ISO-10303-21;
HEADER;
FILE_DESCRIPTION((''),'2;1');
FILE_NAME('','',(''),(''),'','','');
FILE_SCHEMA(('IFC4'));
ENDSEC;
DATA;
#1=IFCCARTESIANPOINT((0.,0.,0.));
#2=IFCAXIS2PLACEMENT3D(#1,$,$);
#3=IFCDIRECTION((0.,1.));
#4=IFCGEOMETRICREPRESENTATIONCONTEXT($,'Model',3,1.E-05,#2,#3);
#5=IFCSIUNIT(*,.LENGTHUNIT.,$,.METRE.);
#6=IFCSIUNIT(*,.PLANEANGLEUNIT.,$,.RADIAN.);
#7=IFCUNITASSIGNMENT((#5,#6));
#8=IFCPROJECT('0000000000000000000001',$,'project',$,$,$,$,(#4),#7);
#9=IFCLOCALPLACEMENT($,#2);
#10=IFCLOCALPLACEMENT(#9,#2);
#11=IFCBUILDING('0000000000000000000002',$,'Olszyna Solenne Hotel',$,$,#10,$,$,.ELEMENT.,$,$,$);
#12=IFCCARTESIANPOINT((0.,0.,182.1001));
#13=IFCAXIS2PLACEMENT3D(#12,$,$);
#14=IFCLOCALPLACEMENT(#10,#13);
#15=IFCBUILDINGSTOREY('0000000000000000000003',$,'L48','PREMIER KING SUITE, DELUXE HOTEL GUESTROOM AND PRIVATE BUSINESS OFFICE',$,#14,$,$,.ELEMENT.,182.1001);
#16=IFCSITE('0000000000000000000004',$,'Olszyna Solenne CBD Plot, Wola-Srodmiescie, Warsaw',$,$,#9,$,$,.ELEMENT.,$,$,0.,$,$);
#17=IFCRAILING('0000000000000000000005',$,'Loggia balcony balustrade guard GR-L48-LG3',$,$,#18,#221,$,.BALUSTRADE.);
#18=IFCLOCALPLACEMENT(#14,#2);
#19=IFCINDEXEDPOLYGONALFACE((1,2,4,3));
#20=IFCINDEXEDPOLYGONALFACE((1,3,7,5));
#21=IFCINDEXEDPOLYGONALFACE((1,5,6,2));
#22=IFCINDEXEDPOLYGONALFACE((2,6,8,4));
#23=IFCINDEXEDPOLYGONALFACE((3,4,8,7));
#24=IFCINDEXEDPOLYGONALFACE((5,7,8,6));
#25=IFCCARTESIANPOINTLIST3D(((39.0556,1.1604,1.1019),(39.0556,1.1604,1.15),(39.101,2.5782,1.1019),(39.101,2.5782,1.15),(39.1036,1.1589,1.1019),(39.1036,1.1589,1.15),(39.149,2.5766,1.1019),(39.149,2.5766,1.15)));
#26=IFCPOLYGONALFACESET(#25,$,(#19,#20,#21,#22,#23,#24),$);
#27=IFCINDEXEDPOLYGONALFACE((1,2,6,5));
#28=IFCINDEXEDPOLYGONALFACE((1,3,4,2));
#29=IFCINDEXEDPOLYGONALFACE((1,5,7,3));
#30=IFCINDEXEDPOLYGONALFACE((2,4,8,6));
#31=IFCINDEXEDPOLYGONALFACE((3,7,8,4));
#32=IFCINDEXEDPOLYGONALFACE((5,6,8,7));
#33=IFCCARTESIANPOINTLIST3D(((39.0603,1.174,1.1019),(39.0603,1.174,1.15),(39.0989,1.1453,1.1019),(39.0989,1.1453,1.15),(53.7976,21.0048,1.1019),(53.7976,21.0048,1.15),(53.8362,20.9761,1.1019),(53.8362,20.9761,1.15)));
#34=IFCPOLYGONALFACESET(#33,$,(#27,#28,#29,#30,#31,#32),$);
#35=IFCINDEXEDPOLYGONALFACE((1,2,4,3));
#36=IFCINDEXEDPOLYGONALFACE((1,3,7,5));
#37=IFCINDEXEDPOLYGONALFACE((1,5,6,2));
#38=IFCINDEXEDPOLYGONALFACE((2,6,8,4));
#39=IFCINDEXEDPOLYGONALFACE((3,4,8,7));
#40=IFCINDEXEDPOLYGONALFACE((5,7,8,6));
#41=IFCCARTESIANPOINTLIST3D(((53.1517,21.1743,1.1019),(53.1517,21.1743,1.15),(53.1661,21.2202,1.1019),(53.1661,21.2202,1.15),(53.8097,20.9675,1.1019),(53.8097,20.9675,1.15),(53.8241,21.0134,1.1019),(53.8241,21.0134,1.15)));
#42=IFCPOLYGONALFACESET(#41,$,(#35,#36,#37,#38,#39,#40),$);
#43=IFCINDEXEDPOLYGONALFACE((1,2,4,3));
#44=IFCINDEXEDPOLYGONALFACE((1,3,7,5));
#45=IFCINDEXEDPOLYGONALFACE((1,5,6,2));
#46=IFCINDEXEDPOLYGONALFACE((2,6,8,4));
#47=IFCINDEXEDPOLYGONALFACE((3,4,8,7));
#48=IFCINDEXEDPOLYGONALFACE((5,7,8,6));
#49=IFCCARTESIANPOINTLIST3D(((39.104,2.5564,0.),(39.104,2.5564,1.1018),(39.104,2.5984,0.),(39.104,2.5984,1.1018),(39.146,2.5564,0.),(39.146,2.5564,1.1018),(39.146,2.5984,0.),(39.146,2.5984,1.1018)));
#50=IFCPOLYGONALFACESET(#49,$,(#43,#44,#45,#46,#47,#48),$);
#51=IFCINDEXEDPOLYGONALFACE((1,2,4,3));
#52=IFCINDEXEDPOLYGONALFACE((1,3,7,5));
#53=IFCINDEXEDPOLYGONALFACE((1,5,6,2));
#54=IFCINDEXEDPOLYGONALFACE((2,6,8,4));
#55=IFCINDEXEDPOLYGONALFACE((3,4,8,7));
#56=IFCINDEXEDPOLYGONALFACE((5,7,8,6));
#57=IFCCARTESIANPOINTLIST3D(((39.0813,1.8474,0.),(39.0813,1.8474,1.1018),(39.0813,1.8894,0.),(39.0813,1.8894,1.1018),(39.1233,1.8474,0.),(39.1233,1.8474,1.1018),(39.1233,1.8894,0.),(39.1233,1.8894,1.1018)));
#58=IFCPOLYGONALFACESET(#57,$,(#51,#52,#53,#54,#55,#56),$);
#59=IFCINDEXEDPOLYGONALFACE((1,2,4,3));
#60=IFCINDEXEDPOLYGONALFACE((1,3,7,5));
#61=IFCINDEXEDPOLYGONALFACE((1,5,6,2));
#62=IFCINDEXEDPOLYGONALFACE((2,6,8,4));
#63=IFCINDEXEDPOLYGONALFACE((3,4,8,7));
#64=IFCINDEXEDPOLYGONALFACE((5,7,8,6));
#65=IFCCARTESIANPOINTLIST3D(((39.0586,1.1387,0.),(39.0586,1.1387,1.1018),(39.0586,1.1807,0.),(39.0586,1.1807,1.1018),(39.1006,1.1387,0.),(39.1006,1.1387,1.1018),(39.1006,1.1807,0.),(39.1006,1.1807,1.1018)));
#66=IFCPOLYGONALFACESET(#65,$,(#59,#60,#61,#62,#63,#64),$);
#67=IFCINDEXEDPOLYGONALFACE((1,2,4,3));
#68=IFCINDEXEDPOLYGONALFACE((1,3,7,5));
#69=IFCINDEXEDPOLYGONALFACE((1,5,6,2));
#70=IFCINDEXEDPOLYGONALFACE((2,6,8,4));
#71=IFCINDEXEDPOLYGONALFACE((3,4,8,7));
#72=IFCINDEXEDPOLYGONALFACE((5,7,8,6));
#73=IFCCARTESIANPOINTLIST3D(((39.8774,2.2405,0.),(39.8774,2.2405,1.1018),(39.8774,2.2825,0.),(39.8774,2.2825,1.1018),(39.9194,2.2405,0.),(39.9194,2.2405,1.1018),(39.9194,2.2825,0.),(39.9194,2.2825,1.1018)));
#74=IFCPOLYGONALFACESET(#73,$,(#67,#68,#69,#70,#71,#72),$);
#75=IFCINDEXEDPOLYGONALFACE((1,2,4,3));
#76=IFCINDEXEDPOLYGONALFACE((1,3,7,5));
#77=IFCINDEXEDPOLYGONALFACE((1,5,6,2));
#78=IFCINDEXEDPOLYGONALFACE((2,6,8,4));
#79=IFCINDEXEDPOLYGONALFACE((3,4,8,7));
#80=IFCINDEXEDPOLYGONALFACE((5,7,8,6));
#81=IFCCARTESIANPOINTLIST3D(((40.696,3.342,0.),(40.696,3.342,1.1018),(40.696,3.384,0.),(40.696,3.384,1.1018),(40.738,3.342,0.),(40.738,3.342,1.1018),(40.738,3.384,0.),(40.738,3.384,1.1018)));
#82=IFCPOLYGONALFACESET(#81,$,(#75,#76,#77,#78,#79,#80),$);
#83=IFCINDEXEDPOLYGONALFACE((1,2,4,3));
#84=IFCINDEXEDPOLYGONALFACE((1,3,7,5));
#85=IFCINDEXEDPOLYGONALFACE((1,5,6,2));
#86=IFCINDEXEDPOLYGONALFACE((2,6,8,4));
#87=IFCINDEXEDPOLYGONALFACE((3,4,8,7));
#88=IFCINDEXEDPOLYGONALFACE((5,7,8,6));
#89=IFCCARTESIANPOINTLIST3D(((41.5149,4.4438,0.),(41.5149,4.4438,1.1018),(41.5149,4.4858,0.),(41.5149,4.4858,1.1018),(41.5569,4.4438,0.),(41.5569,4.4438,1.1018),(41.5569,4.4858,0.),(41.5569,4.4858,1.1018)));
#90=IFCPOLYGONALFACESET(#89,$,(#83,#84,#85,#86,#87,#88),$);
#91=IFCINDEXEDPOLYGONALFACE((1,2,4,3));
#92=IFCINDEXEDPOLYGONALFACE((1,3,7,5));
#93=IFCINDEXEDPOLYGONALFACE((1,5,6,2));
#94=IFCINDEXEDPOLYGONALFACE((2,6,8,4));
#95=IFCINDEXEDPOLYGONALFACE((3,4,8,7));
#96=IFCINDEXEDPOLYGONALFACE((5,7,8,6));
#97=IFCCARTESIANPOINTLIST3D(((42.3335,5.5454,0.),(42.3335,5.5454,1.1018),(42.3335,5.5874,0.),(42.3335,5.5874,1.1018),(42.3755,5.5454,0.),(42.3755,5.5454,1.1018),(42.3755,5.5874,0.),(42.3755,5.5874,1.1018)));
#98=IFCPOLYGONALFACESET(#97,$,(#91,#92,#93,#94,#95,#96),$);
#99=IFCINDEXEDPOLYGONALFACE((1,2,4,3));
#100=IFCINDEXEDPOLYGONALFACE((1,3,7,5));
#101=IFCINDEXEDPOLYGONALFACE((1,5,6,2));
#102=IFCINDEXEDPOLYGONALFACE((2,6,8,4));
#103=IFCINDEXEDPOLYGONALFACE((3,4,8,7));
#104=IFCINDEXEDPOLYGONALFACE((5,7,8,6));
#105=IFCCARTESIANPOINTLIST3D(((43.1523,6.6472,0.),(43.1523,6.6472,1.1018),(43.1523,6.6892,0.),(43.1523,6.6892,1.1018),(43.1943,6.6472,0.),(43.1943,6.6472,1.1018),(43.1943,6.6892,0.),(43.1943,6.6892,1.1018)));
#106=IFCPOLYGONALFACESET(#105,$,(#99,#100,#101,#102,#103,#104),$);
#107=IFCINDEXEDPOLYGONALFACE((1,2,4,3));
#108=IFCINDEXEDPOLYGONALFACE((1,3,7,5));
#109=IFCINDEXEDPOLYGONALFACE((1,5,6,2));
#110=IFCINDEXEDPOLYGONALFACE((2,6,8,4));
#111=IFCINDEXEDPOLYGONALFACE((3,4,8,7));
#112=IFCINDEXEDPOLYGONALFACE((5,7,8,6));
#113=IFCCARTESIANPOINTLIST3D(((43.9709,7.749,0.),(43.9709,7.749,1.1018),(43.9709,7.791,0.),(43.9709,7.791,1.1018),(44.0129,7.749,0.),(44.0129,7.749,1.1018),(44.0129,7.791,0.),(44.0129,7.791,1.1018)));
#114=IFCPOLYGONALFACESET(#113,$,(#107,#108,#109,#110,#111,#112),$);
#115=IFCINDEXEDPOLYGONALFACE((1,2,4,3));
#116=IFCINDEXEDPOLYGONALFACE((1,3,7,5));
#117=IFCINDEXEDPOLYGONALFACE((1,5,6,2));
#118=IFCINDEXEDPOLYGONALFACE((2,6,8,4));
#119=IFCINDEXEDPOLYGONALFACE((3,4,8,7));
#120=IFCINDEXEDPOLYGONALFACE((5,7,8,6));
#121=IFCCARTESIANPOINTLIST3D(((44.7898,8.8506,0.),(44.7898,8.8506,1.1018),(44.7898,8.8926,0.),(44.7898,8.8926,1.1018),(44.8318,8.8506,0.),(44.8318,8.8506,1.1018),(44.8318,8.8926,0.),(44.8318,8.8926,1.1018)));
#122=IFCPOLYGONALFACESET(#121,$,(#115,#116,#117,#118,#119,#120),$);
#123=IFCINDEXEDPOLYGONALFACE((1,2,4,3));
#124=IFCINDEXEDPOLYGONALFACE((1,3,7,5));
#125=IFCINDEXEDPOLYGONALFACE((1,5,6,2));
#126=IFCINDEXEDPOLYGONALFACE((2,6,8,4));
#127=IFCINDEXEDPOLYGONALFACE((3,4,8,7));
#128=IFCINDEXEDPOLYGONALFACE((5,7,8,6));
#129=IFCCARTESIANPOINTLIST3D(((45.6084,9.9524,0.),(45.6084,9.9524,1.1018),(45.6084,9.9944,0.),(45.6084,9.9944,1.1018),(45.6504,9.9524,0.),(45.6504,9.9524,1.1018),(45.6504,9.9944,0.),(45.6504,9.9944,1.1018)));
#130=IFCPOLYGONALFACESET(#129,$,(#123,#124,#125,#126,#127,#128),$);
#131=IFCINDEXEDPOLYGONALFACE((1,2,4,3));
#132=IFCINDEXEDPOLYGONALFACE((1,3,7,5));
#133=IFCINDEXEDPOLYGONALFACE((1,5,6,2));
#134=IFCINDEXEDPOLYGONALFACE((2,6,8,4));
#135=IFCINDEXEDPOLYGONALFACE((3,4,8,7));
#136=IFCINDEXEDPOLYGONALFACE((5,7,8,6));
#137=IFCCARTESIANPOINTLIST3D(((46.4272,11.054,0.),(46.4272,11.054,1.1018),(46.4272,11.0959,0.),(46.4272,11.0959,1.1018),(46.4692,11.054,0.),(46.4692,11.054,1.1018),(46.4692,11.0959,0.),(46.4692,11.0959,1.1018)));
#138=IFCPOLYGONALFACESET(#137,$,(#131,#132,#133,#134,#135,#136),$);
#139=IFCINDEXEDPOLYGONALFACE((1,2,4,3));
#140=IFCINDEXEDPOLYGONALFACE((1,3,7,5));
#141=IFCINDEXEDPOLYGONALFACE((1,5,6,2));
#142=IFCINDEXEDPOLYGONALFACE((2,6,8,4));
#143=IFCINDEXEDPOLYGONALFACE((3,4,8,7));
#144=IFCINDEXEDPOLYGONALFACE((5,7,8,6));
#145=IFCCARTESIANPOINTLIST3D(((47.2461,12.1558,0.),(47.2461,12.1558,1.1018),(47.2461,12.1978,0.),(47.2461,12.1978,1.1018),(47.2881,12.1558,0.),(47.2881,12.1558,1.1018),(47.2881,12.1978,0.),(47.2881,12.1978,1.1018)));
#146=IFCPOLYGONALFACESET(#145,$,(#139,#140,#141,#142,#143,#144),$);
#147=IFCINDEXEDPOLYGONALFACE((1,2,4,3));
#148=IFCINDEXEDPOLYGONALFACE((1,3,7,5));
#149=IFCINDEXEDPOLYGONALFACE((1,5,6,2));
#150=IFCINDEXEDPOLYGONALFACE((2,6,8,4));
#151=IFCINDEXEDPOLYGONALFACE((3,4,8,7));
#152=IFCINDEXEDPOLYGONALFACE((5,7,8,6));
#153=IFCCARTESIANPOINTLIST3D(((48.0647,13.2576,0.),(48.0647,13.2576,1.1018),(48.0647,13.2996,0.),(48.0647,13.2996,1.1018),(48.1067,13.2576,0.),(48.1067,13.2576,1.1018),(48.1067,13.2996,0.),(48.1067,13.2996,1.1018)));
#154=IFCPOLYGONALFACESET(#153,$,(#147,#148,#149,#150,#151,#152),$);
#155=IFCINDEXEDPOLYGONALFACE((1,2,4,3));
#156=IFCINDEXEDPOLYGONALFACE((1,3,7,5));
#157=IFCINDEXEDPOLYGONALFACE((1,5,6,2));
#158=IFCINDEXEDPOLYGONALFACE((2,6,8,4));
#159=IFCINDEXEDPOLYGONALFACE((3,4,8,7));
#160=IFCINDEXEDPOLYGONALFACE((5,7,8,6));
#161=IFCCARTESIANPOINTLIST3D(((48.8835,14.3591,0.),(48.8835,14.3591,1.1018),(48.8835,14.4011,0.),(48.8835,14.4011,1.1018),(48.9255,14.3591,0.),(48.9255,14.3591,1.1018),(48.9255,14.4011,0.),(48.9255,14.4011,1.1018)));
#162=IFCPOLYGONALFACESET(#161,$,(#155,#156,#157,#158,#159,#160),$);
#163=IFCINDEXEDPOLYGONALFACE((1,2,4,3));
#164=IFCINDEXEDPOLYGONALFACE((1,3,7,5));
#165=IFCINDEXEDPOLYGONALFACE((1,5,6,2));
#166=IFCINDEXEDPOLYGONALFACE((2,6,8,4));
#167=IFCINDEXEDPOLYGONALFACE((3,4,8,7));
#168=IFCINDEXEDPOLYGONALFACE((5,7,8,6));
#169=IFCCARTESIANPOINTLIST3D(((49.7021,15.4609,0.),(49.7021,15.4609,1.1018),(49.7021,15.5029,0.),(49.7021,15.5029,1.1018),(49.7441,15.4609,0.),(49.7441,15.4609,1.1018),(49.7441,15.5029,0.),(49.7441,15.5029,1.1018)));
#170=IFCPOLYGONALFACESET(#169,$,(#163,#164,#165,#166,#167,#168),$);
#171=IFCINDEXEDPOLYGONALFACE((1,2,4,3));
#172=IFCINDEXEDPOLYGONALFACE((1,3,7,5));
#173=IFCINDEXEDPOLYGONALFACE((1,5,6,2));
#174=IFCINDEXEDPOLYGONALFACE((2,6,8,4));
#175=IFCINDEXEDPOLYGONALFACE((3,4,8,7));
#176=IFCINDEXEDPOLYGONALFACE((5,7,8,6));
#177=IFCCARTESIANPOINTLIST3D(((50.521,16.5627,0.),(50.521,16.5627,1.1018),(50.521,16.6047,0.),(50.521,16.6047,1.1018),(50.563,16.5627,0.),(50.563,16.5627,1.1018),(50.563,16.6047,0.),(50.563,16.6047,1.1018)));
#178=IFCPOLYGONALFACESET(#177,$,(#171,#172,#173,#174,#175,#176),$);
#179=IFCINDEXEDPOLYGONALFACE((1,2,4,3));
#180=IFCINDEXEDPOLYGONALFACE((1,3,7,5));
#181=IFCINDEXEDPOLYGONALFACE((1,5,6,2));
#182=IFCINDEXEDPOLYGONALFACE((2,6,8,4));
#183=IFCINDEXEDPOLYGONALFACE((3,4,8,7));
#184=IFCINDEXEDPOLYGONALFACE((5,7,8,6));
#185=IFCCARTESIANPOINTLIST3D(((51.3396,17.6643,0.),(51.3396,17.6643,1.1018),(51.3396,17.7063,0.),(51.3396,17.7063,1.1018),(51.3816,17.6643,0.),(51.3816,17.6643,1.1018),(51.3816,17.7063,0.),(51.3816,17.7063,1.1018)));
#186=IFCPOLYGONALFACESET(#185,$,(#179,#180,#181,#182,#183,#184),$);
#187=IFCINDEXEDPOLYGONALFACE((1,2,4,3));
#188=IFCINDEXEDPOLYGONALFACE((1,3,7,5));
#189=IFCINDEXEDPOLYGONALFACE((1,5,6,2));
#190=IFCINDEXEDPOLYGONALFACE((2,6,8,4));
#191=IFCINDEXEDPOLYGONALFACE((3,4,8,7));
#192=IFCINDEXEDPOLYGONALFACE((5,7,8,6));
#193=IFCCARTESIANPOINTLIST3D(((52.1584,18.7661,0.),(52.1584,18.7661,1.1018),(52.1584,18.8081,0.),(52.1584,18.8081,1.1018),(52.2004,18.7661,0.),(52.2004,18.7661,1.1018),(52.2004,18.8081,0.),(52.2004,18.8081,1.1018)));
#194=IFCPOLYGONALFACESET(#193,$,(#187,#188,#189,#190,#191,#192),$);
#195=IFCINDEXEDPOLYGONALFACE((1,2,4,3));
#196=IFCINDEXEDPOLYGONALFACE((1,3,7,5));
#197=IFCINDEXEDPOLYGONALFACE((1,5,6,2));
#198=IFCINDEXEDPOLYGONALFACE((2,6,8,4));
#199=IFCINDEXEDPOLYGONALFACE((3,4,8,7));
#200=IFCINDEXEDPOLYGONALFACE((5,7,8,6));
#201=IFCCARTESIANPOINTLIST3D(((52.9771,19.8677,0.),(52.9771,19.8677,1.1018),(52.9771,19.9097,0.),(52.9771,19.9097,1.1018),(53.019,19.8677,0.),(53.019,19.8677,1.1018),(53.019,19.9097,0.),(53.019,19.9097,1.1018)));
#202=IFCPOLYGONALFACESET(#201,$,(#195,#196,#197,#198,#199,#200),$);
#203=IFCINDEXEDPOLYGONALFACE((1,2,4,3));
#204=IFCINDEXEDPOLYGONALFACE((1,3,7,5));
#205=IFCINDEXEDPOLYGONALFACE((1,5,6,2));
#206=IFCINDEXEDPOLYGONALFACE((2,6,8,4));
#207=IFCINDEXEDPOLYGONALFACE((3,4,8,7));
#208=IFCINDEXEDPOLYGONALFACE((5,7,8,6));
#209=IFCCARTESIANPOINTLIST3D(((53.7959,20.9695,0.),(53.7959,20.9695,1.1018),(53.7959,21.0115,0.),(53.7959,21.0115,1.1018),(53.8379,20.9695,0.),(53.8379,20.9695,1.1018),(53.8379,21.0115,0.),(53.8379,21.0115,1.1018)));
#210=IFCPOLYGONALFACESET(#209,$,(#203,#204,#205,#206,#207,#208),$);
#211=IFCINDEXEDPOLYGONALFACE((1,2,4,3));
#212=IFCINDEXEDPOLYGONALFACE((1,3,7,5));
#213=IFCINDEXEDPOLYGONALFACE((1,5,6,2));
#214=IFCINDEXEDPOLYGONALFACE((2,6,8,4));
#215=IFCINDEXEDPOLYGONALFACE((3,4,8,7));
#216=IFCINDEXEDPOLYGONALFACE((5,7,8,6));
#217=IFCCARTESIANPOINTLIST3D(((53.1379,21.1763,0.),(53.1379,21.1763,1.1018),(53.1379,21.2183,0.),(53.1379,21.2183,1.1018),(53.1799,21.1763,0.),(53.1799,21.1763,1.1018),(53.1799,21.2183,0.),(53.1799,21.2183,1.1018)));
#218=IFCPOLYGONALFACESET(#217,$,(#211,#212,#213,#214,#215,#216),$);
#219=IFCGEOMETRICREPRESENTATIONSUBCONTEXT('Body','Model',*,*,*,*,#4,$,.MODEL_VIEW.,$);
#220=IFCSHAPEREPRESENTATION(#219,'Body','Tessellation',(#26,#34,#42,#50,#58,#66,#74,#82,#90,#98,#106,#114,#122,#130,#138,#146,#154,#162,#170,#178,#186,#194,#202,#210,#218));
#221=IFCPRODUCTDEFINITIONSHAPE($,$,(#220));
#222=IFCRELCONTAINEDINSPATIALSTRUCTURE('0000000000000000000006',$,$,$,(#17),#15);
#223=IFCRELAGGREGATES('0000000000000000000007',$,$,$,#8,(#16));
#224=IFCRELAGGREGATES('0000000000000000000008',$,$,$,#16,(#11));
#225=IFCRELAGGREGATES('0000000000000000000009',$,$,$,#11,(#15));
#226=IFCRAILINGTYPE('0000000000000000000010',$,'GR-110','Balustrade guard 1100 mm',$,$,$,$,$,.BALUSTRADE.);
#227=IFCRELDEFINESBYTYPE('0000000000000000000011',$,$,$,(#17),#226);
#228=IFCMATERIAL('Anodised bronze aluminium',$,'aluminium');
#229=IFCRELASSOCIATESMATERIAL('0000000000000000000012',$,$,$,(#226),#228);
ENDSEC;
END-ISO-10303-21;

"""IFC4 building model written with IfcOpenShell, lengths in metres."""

from ifc_helpers import new_model, si_unit, direction, frame, origin, origin_2d, place, context, subcontext, project, spatial, rectangle, extrude, material, type_object, element, save


model = new_model("IFC4")

# Units and contexts
model_context = context("Model", 3, precision=1e-05, world=origin(), true_north=direction((0.0, 1.0)))
body_context = subcontext(model_context, "Body", "Model", "MODEL_VIEW")
ifc_project = project(units=[si_unit("LENGTHUNIT", "METRE"), si_unit("PLANEANGLEUNIT", "RADIAN")], contexts=[model_context])

# Site, building, storey
site_placement = place(None, origin())
site = spatial("IfcSite", under=ifc_project, at=site_placement, Name="Olszyna Solenne CBD Plot, Wola-Srodmiescie, Warsaw", CompositionType="ELEMENT", RefElevation=0.0)
building_placement = place(site_placement, origin())
building = spatial("IfcBuilding", under=site, at=building_placement, Name="Olszyna Solenne Hotel", CompositionType="ELEMENT")
storey_placement = place(building_placement, frame((0.0, 0.0, 182.1001)))
storey = spatial("IfcBuildingStorey", under=building, at=storey_placement, Name="L48", Description="PREMIER KING SUITE, DELUXE HOTEL GUESTROOM AND PRIVATE BUSINESS OFFICE", CompositionType="ELEMENT", Elevation=182.1001)

# Railing
ifc_material_1 = material(Name="Anodised bronze aluminium", Category="aluminium")
railing_type = type_object("IfcRailingType", Name="GR-110", Description="Balustrade guard 1100 mm", PredefinedType="BALUSTRADE", material=ifc_material_1)
railing_placement = place(storey_placement, frame((39.125, 2.5774, 0.0)))
element("IfcRailing", 1, at=railing_placement, inside=storey, type_object=railing_type, Name="Loggia balcony balustrade guard GR-L48-LG3", PredefinedType="BALUSTRADE", context=body_context, shape_type="SweptSolid", body=[
    extrude(rectangle(XDim=0.0481, YDim=0.0481, at=origin_2d()), frame((0.0, 0.0, 1.126), z_axis=(-0.032014, -0.999487, 0.0), x_axis=(0.999487, -0.032014, 0.0)), (0.0, 0.0, 1.0), 1.4185),
    extrude(rectangle(XDim=0.0481, YDim=0.0481, at=origin_2d()), frame((-0.0454, -1.4177, 1.126), z_axis=(0.596476, 0.802631, 0.0), x_axis=(-0.802631, 0.596476, 0.0)), (0.0, 0.0, 1.0), 24.7073),
    extrude(rectangle(XDim=0.0481, YDim=0.0481, at=origin_2d()), frame((14.6919, 18.4131, 1.126), z_axis=(-0.953994, 0.299827, 0.0), x_axis=(-0.299827, -0.953994, 0.0)), (0.0, 0.0, 1.0), 0.6897),
    extrude(rectangle(XDim=0.042, YDim=0.042, at=origin_2d()), origin(), (0.0, 0.0, 1.0), 1.1018),
    extrude(rectangle(XDim=0.042, YDim=0.042, at=origin_2d()), frame((-0.0227, -0.709, 0.0)), (0.0, 0.0, 1.0), 1.1018),
    extrude(rectangle(XDim=0.042, YDim=0.042, at=origin_2d()), frame((-0.0454, -1.4177, 0.0)), (0.0, 0.0, 1.0), 1.1018),
    extrude(rectangle(XDim=0.042, YDim=0.042, at=origin_2d()), frame((0.7734, -0.3159, 0.0)), (0.0, 0.0, 1.0), 1.1018),
    extrude(rectangle(XDim=0.042, YDim=0.042, at=origin_2d()), frame((1.592, 0.7856, 0.0)), (0.0, 0.0, 1.0), 1.1018),
    extrude(rectangle(XDim=0.042, YDim=0.042, at=origin_2d()), frame((2.4109, 1.8875, 0.0)), (0.0, 0.0, 1.0), 1.1018),
    extrude(rectangle(XDim=0.042, YDim=0.042, at=origin_2d()), frame((3.2295, 2.989, 0.0)), (0.0, 0.0, 1.0), 1.1018),
    extrude(rectangle(XDim=0.042, YDim=0.042, at=origin_2d()), frame((4.0483, 4.0908, 0.0)), (0.0, 0.0, 1.0), 1.1018),
    extrude(rectangle(XDim=0.042, YDim=0.042, at=origin_2d()), frame((4.8669, 5.1926, 0.0)), (0.0, 0.0, 1.0), 1.1018),
    extrude(rectangle(XDim=0.042, YDim=0.042, at=origin_2d()), frame((5.6858, 6.2942, 0.0)), (0.0, 0.0, 1.0), 1.1018),
    extrude(rectangle(XDim=0.042, YDim=0.042, at=origin_2d()), frame((6.5044, 7.396, 0.0)), (0.0, 0.0, 1.0), 1.1018),
    extrude(rectangle(XDim=0.042, YDim=0.042, at=origin_2d()), frame((7.3232, 8.4976, 0.0)), (0.0, 0.0, 1.0), 1.1018),
    extrude(rectangle(XDim=0.042, YDim=0.042, at=origin_2d()), frame((8.1421, 9.5994, 0.0)), (0.0, 0.0, 1.0), 1.1018),
    extrude(rectangle(XDim=0.042, YDim=0.042, at=origin_2d()), frame((8.9607, 10.7012, 0.0)), (0.0, 0.0, 1.0), 1.1018),
    extrude(rectangle(XDim=0.042, YDim=0.042, at=origin_2d()), frame((9.7795, 11.8027, 0.0)), (0.0, 0.0, 1.0), 1.1018),
    extrude(rectangle(XDim=0.042, YDim=0.042, at=origin_2d()), frame((10.5981, 12.9045, 0.0)), (0.0, 0.0, 1.0), 1.1018),
    extrude(rectangle(XDim=0.042, YDim=0.042, at=origin_2d()), frame((11.417, 14.0063, 0.0)), (0.0, 0.0, 1.0), 1.1018),
    extrude(rectangle(XDim=0.042, YDim=0.042, at=origin_2d()), frame((12.2356, 15.1079, 0.0)), (0.0, 0.0, 1.0), 1.1018),
    extrude(rectangle(XDim=0.042, YDim=0.042, at=origin_2d()), frame((13.0544, 16.2097, 0.0)), (0.0, 0.0, 1.0), 1.1018),
    extrude(rectangle(XDim=0.042, YDim=0.042, at=origin_2d()), frame((13.873, 17.3113, 0.0)), (0.0, 0.0, 1.0), 1.1018),
    extrude(rectangle(XDim=0.042, YDim=0.042, at=origin_2d()), frame((14.6919, 18.4131, 0.0)), (0.0, 0.0, 1.0), 1.1018),
    extrude(rectangle(XDim=0.042, YDim=0.042, at=origin_2d()), frame((14.0339, 18.6199, 0.0)), (0.0, 0.0, 1.0), 1.1018),
])

save(model, "model.ifc")
